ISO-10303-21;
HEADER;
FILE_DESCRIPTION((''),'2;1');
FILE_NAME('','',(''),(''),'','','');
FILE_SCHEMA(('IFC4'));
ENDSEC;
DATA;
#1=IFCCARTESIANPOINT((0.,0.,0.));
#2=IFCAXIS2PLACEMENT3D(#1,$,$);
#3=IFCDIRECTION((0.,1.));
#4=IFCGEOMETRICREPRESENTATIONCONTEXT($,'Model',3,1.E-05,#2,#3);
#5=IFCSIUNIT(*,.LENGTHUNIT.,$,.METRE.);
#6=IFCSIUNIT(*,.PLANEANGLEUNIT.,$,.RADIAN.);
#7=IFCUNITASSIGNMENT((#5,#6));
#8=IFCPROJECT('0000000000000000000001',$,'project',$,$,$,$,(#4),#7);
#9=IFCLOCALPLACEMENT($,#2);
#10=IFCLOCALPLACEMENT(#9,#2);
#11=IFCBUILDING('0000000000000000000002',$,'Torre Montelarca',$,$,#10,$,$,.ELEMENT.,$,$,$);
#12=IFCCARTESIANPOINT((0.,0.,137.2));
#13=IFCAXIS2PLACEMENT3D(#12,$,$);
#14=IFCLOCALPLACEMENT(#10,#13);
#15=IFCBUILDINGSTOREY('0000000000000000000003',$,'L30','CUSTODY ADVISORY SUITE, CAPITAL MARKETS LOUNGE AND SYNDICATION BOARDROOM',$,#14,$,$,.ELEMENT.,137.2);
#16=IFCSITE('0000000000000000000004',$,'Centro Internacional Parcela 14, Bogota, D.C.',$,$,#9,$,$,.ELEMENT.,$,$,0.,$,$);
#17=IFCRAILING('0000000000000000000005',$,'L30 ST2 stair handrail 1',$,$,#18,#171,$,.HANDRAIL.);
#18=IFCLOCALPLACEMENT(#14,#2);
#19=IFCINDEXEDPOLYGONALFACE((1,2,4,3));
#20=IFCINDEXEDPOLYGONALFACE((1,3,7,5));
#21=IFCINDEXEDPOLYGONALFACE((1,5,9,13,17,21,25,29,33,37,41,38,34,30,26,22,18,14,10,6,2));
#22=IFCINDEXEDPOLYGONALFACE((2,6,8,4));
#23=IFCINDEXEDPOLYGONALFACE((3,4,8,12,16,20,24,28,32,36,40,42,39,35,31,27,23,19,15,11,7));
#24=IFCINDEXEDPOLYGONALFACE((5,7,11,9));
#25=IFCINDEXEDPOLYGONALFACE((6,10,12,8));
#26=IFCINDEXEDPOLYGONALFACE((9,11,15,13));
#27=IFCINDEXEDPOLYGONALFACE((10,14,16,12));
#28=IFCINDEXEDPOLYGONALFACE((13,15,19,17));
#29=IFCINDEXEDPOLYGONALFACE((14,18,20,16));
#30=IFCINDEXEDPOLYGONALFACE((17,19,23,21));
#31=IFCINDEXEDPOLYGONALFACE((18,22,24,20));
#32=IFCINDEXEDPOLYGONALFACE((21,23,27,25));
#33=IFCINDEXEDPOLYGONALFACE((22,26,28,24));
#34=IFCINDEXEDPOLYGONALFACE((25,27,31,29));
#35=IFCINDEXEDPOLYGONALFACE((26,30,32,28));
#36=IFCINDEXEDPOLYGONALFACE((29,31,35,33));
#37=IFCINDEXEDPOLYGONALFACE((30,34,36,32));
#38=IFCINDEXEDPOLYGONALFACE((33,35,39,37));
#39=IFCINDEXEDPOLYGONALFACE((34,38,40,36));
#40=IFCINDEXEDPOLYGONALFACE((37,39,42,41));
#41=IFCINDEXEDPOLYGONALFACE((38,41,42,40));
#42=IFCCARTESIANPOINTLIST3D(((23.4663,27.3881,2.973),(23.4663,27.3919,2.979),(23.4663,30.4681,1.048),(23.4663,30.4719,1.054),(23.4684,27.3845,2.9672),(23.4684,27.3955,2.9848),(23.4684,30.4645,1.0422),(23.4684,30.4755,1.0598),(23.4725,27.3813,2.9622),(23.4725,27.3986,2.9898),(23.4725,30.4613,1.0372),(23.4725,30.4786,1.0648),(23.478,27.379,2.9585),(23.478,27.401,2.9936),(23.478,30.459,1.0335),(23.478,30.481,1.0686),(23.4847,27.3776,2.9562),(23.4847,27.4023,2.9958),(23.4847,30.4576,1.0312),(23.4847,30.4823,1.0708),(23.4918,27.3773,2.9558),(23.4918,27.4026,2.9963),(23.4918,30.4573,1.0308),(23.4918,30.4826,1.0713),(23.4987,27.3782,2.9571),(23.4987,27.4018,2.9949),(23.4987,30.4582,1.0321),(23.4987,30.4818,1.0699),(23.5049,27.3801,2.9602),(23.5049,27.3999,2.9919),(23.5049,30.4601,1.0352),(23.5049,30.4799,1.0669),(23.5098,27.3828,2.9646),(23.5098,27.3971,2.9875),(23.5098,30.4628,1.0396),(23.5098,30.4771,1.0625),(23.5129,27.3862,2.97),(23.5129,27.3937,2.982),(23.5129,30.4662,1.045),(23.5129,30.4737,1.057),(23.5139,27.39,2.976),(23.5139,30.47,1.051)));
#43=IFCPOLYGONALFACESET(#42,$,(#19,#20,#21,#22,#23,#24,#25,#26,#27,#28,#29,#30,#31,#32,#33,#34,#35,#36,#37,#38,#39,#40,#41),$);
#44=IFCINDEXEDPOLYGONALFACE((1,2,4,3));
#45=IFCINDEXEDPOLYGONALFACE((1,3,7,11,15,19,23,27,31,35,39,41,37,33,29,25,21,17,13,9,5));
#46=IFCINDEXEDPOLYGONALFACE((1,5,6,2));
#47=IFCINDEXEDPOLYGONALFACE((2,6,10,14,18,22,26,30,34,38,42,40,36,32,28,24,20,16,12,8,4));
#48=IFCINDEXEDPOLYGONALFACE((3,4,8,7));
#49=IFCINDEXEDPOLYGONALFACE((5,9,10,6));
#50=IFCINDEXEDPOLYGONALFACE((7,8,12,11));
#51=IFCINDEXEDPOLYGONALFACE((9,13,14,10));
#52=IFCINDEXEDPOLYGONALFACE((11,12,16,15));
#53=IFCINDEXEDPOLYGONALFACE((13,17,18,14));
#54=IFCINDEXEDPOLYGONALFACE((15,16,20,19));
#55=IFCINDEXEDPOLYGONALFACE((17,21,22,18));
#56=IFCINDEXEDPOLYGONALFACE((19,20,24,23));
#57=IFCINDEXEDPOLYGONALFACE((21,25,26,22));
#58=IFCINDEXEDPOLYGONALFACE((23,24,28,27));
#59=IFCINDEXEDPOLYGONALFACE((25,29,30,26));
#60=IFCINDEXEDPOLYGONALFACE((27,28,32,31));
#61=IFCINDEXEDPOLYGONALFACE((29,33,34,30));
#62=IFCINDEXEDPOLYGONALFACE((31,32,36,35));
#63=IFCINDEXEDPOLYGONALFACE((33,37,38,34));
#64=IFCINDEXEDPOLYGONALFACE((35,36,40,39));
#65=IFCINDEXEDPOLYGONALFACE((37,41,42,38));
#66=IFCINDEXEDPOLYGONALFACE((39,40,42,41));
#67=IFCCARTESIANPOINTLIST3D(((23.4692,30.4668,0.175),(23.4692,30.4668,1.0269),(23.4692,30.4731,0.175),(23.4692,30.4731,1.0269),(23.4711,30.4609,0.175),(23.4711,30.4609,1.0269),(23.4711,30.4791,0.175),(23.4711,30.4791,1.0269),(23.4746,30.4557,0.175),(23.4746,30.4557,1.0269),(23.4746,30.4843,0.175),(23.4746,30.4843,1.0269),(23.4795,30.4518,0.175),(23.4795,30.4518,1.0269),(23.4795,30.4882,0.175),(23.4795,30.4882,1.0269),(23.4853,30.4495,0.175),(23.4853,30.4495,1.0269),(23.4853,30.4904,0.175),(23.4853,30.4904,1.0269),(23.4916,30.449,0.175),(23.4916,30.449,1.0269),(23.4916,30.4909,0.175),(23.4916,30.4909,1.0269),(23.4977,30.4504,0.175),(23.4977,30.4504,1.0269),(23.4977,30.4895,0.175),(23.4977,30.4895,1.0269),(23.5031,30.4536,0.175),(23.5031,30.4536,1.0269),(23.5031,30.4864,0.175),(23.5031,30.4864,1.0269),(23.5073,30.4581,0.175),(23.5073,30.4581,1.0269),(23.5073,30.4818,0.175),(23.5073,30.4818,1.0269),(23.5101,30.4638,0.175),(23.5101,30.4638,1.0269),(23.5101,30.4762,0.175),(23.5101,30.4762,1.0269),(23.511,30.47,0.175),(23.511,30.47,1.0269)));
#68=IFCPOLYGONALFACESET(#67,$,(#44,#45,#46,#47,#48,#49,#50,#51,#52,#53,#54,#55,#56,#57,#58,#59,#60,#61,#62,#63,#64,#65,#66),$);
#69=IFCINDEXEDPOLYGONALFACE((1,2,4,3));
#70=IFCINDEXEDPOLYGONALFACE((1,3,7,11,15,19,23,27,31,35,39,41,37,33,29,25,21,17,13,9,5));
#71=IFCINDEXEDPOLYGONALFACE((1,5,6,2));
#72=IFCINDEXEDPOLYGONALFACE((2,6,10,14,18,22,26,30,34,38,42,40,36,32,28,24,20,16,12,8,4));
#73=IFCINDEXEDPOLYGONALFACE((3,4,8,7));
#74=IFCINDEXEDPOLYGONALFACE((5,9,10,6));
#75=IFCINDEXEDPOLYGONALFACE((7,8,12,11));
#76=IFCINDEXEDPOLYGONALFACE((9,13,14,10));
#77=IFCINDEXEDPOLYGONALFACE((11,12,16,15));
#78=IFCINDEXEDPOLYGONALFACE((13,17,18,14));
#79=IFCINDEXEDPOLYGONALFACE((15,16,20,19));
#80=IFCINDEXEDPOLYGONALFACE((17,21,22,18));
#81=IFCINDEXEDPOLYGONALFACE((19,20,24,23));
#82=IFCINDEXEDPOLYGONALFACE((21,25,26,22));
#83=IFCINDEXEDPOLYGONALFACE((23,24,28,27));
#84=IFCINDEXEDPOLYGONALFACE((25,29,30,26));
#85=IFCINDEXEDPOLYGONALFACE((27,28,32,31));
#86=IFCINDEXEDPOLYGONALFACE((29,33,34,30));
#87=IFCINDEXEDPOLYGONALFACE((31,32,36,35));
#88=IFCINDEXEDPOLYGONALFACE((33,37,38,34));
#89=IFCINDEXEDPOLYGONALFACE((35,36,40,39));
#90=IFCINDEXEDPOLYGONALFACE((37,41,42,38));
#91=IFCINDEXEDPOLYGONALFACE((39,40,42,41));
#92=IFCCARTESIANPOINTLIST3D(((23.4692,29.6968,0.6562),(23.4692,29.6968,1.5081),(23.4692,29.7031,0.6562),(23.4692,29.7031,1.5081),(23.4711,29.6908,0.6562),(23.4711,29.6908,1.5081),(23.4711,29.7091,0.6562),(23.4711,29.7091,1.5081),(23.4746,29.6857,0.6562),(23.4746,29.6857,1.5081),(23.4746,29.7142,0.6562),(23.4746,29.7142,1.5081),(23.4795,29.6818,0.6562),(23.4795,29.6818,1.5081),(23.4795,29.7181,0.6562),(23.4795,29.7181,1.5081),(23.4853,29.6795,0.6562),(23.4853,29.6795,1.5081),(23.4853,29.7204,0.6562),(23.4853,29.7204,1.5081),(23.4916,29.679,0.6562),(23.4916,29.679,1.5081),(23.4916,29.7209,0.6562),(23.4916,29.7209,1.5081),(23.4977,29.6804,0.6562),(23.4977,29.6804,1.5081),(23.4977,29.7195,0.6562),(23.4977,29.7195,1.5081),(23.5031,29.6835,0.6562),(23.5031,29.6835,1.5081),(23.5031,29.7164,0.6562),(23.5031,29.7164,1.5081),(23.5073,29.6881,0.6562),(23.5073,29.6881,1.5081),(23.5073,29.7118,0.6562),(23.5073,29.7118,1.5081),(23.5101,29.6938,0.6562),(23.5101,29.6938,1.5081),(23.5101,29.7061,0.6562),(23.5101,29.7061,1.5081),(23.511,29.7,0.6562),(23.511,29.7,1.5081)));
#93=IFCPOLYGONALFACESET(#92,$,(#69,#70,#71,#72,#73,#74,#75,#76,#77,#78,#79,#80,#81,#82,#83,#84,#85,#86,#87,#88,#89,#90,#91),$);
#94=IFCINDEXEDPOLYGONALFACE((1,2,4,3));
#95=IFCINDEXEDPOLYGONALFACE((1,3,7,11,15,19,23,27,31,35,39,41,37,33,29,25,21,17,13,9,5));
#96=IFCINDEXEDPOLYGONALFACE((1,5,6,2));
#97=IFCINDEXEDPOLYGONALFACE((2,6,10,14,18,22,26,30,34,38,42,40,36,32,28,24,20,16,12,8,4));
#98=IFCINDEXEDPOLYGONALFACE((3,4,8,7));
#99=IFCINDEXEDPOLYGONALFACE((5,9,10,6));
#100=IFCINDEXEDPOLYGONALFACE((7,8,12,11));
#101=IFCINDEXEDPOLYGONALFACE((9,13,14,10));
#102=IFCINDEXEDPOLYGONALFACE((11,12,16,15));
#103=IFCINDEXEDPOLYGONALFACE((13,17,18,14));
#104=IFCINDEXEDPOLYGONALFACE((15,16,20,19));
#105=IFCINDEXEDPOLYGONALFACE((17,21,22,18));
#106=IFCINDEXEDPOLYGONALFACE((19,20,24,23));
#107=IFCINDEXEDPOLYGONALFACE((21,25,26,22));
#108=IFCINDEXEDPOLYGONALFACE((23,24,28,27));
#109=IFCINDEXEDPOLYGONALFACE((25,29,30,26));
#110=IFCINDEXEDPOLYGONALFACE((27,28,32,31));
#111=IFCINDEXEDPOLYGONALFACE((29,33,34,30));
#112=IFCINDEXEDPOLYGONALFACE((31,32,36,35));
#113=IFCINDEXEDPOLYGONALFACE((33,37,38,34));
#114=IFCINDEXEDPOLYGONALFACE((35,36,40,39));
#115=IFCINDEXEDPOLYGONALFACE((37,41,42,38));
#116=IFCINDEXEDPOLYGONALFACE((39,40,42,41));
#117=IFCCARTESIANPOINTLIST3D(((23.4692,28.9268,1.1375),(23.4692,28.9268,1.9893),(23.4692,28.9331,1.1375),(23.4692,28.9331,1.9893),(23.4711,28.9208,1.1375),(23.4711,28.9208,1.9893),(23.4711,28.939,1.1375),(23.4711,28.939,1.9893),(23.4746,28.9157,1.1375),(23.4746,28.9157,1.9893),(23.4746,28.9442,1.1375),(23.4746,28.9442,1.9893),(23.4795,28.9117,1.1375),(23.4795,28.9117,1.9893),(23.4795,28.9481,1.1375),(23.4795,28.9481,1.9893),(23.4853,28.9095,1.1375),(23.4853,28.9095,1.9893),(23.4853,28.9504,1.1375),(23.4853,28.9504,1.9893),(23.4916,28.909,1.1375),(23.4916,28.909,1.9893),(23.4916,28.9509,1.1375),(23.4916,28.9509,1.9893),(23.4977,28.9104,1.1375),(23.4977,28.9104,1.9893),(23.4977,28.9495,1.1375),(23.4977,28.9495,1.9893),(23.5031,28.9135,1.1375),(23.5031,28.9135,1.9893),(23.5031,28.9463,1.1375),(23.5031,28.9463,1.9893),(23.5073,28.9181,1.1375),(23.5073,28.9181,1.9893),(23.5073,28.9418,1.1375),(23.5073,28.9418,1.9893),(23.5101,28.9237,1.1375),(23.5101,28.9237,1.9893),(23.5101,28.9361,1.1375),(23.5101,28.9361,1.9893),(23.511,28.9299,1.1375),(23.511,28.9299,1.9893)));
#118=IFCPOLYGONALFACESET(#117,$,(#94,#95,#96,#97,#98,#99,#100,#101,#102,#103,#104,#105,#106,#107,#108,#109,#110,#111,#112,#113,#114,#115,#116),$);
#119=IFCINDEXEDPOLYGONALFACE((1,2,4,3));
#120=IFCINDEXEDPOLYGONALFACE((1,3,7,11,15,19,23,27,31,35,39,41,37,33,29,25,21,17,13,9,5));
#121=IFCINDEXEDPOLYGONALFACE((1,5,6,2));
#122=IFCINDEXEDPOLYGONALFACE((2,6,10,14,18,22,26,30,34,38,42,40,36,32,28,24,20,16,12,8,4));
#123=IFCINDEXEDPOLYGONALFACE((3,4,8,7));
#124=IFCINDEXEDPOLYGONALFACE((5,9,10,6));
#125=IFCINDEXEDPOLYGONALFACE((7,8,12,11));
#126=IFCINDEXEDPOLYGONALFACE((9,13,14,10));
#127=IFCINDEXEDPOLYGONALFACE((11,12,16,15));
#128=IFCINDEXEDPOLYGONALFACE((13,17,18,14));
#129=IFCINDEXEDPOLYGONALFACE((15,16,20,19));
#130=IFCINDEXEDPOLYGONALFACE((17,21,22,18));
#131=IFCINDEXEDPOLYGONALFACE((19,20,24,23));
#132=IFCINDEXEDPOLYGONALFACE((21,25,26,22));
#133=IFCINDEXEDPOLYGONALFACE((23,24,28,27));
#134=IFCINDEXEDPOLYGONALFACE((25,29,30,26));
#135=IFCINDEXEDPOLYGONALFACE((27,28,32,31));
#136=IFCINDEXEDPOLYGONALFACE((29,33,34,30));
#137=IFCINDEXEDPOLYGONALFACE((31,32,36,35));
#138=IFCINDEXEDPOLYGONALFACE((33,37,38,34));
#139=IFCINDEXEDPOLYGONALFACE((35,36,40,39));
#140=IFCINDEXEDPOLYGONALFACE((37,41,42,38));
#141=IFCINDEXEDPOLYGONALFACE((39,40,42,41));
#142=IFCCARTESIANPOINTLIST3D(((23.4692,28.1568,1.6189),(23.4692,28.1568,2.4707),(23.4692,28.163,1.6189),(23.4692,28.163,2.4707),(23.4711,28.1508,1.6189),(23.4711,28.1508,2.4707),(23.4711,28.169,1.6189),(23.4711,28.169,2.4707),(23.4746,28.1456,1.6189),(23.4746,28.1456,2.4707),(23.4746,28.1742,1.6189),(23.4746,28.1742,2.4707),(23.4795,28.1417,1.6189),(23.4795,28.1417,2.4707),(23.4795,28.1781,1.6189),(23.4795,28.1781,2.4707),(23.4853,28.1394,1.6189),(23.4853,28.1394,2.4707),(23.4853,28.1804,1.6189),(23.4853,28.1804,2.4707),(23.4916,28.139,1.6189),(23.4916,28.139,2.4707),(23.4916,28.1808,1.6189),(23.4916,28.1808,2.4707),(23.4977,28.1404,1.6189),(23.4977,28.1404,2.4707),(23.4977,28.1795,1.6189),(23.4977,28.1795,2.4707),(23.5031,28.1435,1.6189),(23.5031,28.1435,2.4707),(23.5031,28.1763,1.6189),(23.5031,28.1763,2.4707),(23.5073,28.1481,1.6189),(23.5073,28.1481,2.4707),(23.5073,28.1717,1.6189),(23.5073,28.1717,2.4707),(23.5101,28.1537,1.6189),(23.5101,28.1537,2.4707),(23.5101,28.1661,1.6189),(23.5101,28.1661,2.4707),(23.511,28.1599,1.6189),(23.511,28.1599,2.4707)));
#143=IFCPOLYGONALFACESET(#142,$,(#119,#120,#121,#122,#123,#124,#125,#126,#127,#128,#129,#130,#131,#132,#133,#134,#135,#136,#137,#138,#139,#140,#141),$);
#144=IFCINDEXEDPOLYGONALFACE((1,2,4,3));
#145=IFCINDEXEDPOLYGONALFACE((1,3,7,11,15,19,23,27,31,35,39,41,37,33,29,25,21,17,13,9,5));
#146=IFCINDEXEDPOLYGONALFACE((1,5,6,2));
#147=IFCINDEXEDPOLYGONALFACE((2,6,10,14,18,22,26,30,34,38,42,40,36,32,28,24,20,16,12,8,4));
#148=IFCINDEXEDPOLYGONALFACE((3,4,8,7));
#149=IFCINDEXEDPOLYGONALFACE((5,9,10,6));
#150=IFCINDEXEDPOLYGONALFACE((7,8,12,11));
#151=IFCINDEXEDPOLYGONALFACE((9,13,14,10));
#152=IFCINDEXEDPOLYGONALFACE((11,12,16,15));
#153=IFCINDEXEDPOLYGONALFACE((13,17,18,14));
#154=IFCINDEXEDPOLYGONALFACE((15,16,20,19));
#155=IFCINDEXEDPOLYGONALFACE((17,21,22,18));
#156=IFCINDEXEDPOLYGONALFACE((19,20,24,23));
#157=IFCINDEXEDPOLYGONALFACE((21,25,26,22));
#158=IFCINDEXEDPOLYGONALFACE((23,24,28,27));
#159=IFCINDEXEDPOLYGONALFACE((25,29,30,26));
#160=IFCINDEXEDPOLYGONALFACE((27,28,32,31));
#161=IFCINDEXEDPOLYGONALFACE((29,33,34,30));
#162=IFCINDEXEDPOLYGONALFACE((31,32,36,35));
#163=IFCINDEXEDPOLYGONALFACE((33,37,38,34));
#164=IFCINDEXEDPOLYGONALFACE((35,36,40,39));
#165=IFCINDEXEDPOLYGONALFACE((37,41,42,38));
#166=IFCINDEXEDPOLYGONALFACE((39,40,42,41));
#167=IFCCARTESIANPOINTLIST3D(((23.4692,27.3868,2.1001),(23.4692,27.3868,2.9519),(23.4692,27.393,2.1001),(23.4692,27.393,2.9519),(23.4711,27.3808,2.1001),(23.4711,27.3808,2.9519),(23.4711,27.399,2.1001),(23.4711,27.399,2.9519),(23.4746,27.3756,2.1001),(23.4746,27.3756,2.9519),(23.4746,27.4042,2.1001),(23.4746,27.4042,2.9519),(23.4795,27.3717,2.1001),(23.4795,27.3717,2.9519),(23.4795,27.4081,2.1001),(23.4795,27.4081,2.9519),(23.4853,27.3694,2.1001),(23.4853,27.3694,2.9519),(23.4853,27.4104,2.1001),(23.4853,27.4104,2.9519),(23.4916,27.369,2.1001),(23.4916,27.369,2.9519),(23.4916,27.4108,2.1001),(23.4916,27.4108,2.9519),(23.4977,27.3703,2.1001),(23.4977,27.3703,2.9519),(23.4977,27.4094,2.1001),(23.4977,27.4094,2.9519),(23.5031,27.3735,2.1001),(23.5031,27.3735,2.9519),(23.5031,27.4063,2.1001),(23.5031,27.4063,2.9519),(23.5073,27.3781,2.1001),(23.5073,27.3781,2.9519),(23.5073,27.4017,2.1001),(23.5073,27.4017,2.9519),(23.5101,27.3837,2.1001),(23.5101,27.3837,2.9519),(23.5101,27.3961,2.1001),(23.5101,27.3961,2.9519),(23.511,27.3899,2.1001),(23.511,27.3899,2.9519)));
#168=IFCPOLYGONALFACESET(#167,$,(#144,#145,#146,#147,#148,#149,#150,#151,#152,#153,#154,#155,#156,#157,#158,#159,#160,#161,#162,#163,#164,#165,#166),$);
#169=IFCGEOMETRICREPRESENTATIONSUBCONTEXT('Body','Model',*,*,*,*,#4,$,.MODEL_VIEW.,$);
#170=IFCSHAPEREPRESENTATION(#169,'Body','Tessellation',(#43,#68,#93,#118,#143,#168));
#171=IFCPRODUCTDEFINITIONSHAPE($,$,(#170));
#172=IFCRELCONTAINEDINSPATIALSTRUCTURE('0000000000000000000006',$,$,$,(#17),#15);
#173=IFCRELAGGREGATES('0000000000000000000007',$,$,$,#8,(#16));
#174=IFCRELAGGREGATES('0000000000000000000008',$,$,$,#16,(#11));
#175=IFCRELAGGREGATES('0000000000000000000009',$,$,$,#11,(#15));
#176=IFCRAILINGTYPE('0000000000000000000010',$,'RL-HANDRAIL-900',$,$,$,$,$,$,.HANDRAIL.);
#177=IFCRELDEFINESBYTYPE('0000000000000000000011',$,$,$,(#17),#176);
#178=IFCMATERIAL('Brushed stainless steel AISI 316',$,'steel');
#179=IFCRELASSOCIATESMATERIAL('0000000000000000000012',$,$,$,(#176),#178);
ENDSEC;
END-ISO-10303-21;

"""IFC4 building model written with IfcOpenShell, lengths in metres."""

from ifc_helpers import new_model, si_unit, direction, frame, origin, origin_2d, place, context, subcontext, project, spatial, circle, extrude, material, type_object, element, save


model = new_model("IFC4")

# Units and contexts
model_context = context("Model", 3, precision=1e-05, world=origin(), true_north=direction((0.0, 1.0)))
body_context = subcontext(model_context, "Body", "Model", "MODEL_VIEW")
ifc_project = project(units=[si_unit("LENGTHUNIT", "METRE"), si_unit("PLANEANGLEUNIT", "RADIAN")], contexts=[model_context])

# Site, building, storey
site_placement = place(None, origin())
site = spatial("IfcSite", under=ifc_project, at=site_placement, Name="Centro Internacional Parcela 14, Bogota, D.C.", CompositionType="ELEMENT", RefElevation=0.0)
building_placement = place(site_placement, origin())
building = spatial("IfcBuilding", under=site, at=building_placement, Name="Torre Montelarca", CompositionType="ELEMENT")
storey_placement = place(building_placement, frame((0.0, 0.0, 137.2)))
storey = spatial("IfcBuildingStorey", under=building, at=storey_placement, Name="L30", Description="CUSTODY ADVISORY SUITE, CAPITAL MARKETS LOUNGE AND SYNDICATION BOARDROOM", CompositionType="ELEMENT", Elevation=137.2)

# Railing
ifc_material_1 = material(Name="Brushed stainless steel AISI 316", Category="steel")
railing_type_1 = type_object("IfcRailingType", Name="RL-HANDRAIL-900", PredefinedType="HANDRAIL", material=ifc_material_1)
railing_1_placement = place(storey_placement, frame((23.49, 30.47, 0.175)))
element("IfcRailing", 1, at=railing_1_placement, inside=storey, type_object=railing_type_1, Name="L30 ST2 stair handrail 1", PredefinedType="HANDRAIL", context=body_context, shape_type="SweptSolid", body=[
    extrude(circle(Radius=0.0239, at=origin_2d()), frame((0.0, 0.0, 0.876), z_axis=(0.0, -0.847998, 0.529999), x_axis=(1.0, 0.0, 0.0)), (0.0, 0.0, 1.0), 3.6321),
    extrude(circle(Radius=0.021, at=origin_2d()), origin(), (0.0, 0.0, 1.0), 0.8518),
    extrude(circle(Radius=0.021, at=origin_2d()), frame((0.0, -0.77, 0.4812)), (0.0, 0.0, 1.0), 0.8518),
    extrude(circle(Radius=0.021, at=origin_2d()), frame((0.0, -1.54, 0.9624)), (0.0, 0.0, 1.0), 0.8518),
    extrude(circle(Radius=0.021, at=origin_2d()), frame((0.0, -2.3101, 1.4438)), (0.0, 0.0, 1.0), 0.8518),
    extrude(circle(Radius=0.021, at=origin_2d()), frame((0.0, -3.0801, 1.925)), (0.0, 0.0, 1.0), 0.8518),
])

save(model, "model.ifc")
